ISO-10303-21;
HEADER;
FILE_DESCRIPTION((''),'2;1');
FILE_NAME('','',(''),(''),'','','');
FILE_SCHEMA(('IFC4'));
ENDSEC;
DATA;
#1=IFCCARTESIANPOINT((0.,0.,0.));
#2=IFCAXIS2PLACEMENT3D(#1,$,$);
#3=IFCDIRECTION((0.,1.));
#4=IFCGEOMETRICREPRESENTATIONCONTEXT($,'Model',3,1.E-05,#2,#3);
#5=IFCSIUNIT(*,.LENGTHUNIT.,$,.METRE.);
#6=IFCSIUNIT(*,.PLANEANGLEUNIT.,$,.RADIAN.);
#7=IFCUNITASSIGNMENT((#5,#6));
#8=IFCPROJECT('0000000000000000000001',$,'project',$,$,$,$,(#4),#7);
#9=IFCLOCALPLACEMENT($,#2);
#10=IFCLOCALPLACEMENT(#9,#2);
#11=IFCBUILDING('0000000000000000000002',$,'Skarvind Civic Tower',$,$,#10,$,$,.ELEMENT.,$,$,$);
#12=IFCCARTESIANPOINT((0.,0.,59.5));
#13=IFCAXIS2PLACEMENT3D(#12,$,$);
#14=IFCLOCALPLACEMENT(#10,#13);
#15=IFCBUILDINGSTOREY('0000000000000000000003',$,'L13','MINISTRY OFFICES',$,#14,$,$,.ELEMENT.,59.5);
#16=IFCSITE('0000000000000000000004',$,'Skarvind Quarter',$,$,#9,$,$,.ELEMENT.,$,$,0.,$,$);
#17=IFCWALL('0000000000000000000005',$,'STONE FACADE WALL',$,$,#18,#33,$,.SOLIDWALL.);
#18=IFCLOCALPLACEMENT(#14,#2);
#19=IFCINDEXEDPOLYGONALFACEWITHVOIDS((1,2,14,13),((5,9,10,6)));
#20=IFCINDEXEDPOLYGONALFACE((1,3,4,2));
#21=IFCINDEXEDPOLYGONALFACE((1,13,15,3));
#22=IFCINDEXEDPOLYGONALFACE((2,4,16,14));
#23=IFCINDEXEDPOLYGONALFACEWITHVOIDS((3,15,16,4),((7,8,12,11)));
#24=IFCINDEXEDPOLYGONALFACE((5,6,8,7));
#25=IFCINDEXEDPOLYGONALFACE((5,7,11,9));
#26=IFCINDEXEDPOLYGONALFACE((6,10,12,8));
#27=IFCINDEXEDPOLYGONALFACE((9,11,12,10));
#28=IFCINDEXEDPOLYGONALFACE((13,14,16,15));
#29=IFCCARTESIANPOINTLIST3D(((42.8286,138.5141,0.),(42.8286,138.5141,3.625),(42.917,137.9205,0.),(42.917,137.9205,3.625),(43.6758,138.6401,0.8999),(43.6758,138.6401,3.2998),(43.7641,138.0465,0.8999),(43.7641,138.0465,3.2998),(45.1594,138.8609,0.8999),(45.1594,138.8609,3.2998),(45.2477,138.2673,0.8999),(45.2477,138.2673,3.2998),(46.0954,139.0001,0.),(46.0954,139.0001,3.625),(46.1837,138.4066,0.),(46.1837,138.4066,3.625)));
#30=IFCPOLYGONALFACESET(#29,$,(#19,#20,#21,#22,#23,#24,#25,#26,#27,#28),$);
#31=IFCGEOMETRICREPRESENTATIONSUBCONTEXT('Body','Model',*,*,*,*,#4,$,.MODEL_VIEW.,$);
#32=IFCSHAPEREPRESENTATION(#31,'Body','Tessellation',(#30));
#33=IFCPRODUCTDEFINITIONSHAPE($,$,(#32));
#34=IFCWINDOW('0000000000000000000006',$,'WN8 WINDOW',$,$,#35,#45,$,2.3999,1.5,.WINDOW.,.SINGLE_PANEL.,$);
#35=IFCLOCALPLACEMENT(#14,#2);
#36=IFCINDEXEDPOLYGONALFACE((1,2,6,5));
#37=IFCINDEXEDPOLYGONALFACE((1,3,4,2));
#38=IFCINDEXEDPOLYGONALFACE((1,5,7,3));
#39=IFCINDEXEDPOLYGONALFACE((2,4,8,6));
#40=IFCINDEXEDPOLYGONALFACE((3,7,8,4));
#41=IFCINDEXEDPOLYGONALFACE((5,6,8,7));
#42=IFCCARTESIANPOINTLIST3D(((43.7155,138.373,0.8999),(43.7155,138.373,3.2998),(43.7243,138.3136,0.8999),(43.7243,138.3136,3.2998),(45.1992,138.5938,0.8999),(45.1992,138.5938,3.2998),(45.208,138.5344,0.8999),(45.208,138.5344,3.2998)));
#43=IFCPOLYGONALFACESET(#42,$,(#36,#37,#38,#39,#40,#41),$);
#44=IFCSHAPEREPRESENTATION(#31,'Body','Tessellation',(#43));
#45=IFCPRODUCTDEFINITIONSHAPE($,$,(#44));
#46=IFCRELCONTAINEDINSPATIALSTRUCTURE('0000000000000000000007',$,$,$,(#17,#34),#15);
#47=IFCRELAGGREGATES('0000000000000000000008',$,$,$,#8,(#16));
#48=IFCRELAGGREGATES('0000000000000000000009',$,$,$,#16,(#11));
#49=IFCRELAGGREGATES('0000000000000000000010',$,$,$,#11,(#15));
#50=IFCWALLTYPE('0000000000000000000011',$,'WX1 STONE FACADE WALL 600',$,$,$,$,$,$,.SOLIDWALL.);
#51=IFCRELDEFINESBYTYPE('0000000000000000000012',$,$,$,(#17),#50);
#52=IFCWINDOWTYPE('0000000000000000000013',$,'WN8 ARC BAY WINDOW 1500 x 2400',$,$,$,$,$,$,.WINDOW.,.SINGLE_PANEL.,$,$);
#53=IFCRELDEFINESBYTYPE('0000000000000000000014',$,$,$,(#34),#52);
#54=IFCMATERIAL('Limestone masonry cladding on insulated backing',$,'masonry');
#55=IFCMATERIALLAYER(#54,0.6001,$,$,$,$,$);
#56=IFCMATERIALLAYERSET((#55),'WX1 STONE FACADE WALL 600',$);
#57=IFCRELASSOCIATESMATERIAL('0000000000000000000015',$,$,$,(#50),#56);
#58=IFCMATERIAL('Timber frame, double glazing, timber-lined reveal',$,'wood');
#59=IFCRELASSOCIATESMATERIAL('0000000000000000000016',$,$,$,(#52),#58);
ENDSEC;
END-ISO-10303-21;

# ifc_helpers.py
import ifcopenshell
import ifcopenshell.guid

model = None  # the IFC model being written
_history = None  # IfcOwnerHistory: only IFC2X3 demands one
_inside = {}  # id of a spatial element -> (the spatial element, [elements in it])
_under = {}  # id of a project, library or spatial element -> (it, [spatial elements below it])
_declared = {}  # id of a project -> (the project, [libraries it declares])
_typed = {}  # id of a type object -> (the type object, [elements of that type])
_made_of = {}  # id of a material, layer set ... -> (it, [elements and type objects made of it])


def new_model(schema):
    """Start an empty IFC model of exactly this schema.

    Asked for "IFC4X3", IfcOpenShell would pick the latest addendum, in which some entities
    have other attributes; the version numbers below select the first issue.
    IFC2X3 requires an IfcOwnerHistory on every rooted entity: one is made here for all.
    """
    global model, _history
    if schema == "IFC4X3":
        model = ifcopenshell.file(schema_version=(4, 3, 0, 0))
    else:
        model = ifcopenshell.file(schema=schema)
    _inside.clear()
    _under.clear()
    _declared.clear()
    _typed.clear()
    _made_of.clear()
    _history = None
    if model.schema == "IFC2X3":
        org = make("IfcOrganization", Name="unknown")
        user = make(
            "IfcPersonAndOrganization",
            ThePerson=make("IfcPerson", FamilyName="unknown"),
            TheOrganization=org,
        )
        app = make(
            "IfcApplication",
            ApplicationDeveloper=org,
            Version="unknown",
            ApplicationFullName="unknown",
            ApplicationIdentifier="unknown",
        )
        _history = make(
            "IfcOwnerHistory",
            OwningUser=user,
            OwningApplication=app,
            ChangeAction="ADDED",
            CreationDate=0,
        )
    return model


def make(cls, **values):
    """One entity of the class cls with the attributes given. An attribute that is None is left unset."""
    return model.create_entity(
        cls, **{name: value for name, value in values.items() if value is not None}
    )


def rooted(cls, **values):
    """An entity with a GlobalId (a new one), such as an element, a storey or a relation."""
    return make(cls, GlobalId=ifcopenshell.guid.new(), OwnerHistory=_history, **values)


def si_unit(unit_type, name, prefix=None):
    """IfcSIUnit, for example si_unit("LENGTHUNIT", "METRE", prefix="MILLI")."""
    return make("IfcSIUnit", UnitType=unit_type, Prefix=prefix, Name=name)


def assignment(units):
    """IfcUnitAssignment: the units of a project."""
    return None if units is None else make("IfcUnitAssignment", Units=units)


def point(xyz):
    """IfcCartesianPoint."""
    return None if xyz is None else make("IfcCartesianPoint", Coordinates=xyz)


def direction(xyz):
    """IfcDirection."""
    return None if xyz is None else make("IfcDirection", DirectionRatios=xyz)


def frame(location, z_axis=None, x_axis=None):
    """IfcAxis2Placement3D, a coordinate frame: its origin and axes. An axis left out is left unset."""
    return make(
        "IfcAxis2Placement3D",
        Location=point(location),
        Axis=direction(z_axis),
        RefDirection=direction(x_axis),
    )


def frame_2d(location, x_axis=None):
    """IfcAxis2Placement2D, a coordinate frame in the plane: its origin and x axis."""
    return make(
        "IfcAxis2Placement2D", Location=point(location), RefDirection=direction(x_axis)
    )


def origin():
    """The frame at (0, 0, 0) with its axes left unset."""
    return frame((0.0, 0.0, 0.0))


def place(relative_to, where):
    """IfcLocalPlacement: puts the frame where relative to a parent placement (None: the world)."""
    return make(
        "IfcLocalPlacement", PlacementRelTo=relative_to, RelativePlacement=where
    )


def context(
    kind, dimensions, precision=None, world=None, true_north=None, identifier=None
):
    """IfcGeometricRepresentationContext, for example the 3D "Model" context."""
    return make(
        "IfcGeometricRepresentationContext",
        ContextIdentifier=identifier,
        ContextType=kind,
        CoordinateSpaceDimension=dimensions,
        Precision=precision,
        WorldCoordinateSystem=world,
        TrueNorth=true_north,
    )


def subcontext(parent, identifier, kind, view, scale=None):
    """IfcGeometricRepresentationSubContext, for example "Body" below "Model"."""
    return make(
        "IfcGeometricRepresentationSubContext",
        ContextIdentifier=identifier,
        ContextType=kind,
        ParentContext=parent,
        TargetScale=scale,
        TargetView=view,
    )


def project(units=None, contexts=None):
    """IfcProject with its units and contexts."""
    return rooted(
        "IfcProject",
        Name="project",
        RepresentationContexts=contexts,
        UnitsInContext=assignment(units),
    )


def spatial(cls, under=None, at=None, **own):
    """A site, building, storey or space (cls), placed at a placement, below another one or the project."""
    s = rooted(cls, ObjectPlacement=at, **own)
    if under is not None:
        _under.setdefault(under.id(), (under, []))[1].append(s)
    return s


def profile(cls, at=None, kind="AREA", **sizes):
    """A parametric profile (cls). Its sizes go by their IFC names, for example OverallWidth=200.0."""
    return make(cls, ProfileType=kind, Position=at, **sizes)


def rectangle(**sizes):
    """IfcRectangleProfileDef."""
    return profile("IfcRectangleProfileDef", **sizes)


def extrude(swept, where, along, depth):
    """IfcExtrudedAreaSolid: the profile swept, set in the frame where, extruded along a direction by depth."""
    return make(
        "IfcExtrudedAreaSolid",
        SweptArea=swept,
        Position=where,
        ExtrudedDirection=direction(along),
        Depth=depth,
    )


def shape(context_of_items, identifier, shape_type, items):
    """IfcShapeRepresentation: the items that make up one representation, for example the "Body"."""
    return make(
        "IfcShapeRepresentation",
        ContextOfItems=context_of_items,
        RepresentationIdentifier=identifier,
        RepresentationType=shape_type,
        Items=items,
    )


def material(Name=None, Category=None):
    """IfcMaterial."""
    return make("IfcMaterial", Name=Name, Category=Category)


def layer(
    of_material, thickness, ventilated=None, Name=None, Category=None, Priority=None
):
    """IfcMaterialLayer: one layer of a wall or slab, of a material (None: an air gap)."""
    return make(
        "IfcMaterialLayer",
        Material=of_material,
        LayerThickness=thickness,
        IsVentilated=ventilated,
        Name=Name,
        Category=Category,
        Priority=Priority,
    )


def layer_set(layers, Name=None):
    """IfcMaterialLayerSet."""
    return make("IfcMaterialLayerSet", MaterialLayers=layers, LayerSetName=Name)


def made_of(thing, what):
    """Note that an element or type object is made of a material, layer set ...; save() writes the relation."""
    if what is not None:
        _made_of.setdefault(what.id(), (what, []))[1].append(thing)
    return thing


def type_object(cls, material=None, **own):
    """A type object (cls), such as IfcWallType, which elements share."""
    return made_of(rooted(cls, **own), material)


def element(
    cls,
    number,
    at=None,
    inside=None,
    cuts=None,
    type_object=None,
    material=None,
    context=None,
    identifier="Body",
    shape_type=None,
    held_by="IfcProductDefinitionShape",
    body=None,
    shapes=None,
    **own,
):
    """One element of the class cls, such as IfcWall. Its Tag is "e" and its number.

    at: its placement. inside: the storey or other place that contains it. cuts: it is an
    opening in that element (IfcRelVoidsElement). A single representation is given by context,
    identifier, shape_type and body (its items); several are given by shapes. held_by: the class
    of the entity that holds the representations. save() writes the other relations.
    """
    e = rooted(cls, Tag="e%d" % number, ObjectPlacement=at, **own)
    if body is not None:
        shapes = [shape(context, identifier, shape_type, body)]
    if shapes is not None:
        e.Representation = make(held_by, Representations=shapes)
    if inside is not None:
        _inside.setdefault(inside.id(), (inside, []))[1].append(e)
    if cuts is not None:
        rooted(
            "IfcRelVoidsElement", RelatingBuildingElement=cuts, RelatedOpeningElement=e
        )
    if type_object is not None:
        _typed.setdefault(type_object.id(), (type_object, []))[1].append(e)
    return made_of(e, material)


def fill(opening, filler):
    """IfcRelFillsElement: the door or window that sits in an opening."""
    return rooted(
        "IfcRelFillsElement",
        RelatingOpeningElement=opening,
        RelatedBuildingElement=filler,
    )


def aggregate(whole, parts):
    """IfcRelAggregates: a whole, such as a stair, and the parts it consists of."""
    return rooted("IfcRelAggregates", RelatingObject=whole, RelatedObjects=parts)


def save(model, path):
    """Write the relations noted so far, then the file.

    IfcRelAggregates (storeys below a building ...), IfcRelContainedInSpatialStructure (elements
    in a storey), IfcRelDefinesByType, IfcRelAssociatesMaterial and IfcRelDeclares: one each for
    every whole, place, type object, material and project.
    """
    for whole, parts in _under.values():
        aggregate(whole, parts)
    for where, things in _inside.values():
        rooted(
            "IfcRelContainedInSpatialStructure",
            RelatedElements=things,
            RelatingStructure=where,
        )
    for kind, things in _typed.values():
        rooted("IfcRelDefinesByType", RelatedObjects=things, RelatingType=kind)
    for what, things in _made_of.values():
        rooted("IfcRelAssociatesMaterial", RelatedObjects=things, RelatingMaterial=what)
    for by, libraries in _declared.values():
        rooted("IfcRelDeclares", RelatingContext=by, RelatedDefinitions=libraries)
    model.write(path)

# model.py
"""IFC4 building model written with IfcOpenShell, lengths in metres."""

from ifc_helpers import new_model, si_unit, direction, frame, frame_2d, origin, place, context, subcontext, project, spatial, rectangle, extrude, material, layer, layer_set, type_object, element, fill, save


model = new_model("IFC4")

# Units and contexts
model_context = context("Model", 3, precision=1e-05, world=origin(), true_north=direction((0.0, 1.0)))
body_context = subcontext(model_context, "Body", "Model", "MODEL_VIEW")
ifc_project = project(units=[si_unit("LENGTHUNIT", "METRE"), si_unit("PLANEANGLEUNIT", "RADIAN")], contexts=[model_context])

# Site, building, storey
site_placement = place(None, origin())
site = spatial("IfcSite", under=ifc_project, at=site_placement, Name="Skarvind Quarter", CompositionType="ELEMENT", RefElevation=0.0)
building_placement = place(site_placement, origin())
building = spatial("IfcBuilding", under=site, at=building_placement, Name="Skarvind Civic Tower", CompositionType="ELEMENT")
storey_placement = place(building_placement, frame((0.0, 0.0, 59.5)))
storey = spatial("IfcBuildingStorey", under=building, at=storey_placement, Name="L13", Description="MINISTRY OFFICES", CompositionType="ELEMENT", Elevation=59.5)

# Shared definitions
ifc_material_1 = material(Name="Limestone masonry cladding on insulated backing", Category="masonry")
ifc_layer_1 = layer(ifc_material_1, 0.6001)
ifc_layer_set_1 = layer_set([ifc_layer_1], Name="WX1 STONE FACADE WALL 600")
wall_type_1 = type_object("IfcWallType", Name="WX1 STONE FACADE WALL 600", PredefinedType="SOLIDWALL", material=ifc_layer_set_1)
ifc_material_2 = material(Name="Timber frame, double glazing, timber-lined reveal", Category="wood")

# Wall, opening, window
wall_1_placement = place(storey_placement, frame((42.8728, 138.2173, 0.0), z_axis=(0.0, 0.0, 1.0), x_axis=(0.989111, 0.147173, 0.0)))
wall_1 = element("IfcWall", 1, at=wall_1_placement, inside=storey, type_object=wall_type_1, Name="STONE FACADE WALL", PredefinedType="SOLIDWALL", context=body_context, shape_type="SweptSolid", body=[
    extrude(rectangle(XDim=3.3027, YDim=0.6001, at=frame_2d((1.6514, 0.0))), origin(), (0.0, 0.0, 1.0), 3.625),
])
opening_1_placement = place(wall_1_placement, frame((0.8564, 0.0, 0.8999)))
opening_1 = element("IfcOpeningElement", 2, at=opening_1_placement, cuts=wall_1, PredefinedType="OPENING", context=body_context, shape_type="SweptSolid", body=[
    extrude(rectangle(XDim=1.5, YDim=2.3999, at=frame_2d((0.75, 1.2))), frame((0.0, 0.3101, 0.0), z_axis=(0.0, -1.0, 0.0), x_axis=(1.0, 0.0, 0.0)), (0.0, 0.0, 1.0), 0.6201),
])
window_type_1 = type_object("IfcWindowType", Name="WN8 ARC BAY WINDOW 1500 x 2400", PartitioningType="SINGLE_PANEL", PredefinedType="WINDOW", material=ifc_material_2)
window_1_placement = place(opening_1_placement, origin())
window_1 = element("IfcWindow", 3, at=window_1_placement, inside=storey, type_object=window_type_1, Name="WN8 WINDOW", OverallHeight=2.3999, OverallWidth=1.5, PartitioningType="SINGLE_PANEL", PredefinedType="WINDOW", context=body_context, shape_type="SweptSolid", body=[
    extrude(rectangle(XDim=1.5, YDim=2.3999, at=frame_2d((0.75, 1.2))), frame((0.0, 0.03, 0.0), z_axis=(0.0, -1.0, 0.0), x_axis=(1.0, 0.0, 0.0)), (0.0, 0.0, 1.0), 0.0601),
])
fill(opening_1, window_1)

save(model, "model.ifc")
